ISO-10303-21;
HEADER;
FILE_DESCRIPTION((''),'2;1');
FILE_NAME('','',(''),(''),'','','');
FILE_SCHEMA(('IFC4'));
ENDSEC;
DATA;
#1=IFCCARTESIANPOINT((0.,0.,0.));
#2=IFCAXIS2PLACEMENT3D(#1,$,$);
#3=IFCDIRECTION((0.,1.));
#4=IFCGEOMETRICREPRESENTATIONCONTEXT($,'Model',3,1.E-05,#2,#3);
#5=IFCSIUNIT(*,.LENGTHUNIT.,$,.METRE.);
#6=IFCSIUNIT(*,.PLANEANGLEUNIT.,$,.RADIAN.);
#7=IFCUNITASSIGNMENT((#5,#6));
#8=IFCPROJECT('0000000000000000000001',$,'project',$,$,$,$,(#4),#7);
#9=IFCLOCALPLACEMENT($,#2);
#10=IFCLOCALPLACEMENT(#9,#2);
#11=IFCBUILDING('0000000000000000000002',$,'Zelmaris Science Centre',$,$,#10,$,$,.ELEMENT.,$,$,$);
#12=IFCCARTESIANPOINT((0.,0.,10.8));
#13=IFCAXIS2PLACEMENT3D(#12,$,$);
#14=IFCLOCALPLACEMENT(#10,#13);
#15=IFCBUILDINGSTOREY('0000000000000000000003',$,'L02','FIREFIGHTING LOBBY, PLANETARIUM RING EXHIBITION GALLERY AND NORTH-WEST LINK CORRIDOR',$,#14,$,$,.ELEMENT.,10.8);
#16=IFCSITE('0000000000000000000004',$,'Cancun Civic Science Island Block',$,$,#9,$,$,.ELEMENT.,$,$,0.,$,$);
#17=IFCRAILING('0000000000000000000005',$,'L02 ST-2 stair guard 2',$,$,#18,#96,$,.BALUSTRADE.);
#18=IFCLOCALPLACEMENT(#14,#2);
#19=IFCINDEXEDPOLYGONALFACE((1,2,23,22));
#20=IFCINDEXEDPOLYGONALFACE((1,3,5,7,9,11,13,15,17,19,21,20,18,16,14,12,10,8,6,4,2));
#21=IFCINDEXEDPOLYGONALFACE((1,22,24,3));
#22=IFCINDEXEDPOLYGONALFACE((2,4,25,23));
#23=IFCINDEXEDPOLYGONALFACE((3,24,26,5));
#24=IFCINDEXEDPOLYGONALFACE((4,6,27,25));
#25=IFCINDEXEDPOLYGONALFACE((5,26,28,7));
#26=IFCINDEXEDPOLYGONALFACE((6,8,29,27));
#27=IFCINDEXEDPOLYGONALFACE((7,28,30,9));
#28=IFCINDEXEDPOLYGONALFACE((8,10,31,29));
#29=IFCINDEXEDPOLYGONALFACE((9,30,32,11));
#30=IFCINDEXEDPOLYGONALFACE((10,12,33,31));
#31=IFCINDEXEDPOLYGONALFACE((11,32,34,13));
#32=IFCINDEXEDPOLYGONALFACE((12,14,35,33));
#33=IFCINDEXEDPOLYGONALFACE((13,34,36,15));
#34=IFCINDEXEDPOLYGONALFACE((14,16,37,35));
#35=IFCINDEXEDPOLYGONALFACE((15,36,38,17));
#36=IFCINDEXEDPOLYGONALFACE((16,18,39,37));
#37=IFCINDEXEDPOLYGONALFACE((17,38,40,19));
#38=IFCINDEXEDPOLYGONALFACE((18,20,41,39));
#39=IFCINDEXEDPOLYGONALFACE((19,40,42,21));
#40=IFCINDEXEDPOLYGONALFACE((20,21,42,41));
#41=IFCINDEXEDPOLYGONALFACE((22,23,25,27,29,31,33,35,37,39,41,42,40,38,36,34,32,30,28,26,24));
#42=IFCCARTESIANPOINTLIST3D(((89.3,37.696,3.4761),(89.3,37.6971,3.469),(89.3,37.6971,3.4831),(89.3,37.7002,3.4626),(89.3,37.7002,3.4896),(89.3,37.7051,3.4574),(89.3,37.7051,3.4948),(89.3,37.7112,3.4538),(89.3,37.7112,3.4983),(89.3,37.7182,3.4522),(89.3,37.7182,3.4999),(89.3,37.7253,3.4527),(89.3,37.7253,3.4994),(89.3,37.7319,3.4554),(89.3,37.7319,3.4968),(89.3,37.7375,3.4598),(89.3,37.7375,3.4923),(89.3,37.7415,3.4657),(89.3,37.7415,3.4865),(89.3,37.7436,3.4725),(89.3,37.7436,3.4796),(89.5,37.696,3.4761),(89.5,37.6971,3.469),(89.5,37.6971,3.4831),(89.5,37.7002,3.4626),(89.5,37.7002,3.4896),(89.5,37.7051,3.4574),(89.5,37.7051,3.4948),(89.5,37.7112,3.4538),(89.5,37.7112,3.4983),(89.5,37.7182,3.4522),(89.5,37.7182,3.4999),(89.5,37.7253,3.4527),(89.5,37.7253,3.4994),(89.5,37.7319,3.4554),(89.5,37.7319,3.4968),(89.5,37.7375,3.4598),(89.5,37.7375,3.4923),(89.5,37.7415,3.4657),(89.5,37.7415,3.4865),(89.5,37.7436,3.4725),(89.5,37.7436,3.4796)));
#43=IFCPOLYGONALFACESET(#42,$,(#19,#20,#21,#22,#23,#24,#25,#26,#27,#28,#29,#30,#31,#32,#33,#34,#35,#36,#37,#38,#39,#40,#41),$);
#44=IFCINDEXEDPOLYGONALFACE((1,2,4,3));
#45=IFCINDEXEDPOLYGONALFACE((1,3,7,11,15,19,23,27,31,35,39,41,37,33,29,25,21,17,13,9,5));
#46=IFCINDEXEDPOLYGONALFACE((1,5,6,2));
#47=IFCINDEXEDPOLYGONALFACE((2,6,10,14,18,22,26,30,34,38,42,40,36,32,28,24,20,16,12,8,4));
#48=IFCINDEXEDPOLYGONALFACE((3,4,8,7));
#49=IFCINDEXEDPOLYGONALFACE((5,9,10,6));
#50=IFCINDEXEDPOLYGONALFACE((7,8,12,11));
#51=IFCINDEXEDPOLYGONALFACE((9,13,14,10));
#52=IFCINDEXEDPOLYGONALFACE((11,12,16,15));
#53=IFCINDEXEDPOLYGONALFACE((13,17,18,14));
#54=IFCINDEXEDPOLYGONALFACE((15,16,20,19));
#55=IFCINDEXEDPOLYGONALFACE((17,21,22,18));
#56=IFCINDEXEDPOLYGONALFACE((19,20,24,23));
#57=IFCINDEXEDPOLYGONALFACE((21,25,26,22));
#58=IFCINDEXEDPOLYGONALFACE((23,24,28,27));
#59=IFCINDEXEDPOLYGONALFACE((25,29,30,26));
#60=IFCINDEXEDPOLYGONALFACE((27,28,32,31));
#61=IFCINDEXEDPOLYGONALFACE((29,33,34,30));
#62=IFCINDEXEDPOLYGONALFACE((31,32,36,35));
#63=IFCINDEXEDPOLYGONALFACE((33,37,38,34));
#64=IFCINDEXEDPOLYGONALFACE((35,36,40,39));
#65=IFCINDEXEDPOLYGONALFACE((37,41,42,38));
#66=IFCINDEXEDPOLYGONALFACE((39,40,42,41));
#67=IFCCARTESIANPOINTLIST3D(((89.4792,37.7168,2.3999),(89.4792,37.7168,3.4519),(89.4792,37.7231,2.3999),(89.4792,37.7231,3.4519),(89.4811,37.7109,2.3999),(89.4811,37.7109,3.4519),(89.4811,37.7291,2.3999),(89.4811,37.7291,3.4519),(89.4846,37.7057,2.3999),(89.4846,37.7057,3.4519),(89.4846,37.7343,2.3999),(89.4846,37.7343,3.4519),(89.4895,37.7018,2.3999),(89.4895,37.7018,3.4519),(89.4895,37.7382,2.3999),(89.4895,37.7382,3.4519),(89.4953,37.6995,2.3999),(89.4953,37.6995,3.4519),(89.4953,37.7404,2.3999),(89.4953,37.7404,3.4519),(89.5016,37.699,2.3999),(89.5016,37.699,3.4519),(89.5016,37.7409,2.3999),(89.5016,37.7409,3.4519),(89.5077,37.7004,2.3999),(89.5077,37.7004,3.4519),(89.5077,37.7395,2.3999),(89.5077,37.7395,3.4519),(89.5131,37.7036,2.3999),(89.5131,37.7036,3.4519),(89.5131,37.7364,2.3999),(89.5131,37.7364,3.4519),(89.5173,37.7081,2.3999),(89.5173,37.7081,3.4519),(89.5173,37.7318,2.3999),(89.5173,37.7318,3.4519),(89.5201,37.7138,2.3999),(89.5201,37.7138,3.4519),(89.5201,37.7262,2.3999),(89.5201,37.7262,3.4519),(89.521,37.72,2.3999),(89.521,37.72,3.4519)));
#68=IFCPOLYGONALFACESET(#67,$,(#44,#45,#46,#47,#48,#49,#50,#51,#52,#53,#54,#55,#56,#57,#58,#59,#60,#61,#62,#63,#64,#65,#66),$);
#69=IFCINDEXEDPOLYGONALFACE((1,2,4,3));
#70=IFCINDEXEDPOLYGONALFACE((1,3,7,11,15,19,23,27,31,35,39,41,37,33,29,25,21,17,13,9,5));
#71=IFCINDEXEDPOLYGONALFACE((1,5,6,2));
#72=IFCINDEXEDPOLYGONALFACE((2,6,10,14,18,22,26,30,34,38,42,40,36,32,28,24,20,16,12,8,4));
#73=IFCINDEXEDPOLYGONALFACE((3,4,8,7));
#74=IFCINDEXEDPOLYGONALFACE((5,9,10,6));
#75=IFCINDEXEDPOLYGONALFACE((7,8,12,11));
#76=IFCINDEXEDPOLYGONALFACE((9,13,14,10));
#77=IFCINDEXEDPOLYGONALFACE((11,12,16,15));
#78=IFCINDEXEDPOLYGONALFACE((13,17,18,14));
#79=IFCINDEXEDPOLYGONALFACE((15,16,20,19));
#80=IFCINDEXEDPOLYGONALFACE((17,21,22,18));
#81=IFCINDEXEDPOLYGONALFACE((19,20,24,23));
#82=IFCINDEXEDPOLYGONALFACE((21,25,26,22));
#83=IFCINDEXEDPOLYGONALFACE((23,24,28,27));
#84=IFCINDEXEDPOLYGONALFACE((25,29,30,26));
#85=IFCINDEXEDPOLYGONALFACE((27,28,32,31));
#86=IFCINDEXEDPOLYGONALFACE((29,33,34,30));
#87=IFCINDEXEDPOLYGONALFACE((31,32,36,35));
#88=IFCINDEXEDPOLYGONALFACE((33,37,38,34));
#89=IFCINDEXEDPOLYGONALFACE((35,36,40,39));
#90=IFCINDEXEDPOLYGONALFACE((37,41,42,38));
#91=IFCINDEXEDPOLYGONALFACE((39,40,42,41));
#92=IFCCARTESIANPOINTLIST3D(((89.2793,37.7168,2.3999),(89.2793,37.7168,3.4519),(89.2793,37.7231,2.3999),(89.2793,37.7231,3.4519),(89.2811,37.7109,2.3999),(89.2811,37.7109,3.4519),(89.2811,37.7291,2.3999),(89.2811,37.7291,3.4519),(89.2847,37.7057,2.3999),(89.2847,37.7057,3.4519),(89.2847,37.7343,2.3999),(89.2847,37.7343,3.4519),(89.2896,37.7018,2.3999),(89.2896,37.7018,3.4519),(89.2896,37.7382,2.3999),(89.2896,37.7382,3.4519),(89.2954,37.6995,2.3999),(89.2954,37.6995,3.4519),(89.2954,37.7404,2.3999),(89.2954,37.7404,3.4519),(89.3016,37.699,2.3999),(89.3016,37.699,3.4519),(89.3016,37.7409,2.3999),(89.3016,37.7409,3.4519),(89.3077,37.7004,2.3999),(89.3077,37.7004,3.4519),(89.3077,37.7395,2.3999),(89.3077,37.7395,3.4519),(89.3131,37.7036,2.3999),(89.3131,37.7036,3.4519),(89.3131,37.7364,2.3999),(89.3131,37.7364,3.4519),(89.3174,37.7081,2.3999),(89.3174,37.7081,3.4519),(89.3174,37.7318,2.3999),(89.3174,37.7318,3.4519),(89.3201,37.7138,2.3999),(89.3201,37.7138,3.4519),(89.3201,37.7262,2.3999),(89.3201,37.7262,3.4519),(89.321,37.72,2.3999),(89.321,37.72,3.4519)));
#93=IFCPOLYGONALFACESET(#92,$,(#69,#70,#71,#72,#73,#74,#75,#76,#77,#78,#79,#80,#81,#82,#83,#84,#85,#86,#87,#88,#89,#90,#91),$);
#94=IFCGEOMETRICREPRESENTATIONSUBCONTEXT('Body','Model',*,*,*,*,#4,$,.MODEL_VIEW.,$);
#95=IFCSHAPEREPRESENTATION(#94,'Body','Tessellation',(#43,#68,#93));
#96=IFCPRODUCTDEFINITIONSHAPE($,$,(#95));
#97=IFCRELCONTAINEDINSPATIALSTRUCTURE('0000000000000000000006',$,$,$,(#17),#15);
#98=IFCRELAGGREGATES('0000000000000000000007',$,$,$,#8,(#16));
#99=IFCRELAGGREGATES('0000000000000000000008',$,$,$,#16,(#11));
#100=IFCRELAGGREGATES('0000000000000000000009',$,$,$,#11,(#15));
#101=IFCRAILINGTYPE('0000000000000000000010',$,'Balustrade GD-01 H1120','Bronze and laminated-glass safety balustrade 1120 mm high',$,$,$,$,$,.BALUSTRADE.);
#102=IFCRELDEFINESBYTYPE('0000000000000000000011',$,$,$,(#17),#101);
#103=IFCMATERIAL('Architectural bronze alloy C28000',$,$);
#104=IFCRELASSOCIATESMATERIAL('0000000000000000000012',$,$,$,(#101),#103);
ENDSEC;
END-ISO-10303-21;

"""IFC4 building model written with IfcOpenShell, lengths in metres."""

from ifc_helpers import new_model, si_unit, direction, frame, origin, origin_2d, place, context, subcontext, project, spatial, circle, extrude, material, type_object, element, save


model = new_model("IFC4")

# Units and contexts
model_context = context("Model", 3, precision=1e-05, world=origin(), true_north=direction((0.0, 1.0)))
body_context = subcontext(model_context, "Body", "Model", "MODEL_VIEW")
ifc_project = project(units=[si_unit("LENGTHUNIT", "METRE"), si_unit("PLANEANGLEUNIT", "RADIAN")], contexts=[model_context])

# Site, building, storey
site_placement = place(None, origin())
site = spatial("IfcSite", under=ifc_project, at=site_placement, Name="Cancun Civic Science Island Block", CompositionType="ELEMENT", RefElevation=0.0)
building_placement = place(site_placement, origin())
building = spatial("IfcBuilding", under=site, at=building_placement, Name="Zelmaris Science Centre", CompositionType="ELEMENT")
storey_placement = place(building_placement, frame((0.0, 0.0, 10.8)))
storey = spatial("IfcBuildingStorey", under=building, at=storey_placement, Name="L02", Description="FIREFIGHTING LOBBY, PLANETARIUM RING EXHIBITION GALLERY AND NORTH-WEST LINK CORRIDOR", CompositionType="ELEMENT", Elevation=10.8)

# Railing
ifc_material_1 = material(Name="Architectural bronze alloy C28000")
railing_type_1 = type_object("IfcRailingType", Name="Balustrade GD-01 H1120", Description="Bronze and laminated-glass safety balustrade 1120 mm high", PredefinedType="BALUSTRADE", material=ifc_material_1)
railing_1_placement = place(storey_placement, frame((89.5, 37.72, 2.3999)))
element("IfcRailing", 1, at=railing_1_placement, inside=storey, type_object=railing_type_1, Name="L02 ST-2 stair guard 2", PredefinedType="BALUSTRADE", context=body_context, shape_type="SweptSolid", body=[
    extrude(circle(Radius=0.0239, at=origin_2d()), frame((0.0, 0.0, 1.0762), z_axis=(-1.0, 0.0, 0.0), x_axis=(0.0, -1.0, 0.0)), (0.0, 0.0, 1.0), 0.2),
    extrude(circle(Radius=0.021, at=origin_2d()), origin(), (0.0, 0.0, 1.0), 1.052),
    extrude(circle(Radius=0.021, at=origin_2d()), frame((-0.2, 0.0, 0.0)), (0.0, 0.0, 1.0), 1.052),
])

save(model, "model.ifc")
